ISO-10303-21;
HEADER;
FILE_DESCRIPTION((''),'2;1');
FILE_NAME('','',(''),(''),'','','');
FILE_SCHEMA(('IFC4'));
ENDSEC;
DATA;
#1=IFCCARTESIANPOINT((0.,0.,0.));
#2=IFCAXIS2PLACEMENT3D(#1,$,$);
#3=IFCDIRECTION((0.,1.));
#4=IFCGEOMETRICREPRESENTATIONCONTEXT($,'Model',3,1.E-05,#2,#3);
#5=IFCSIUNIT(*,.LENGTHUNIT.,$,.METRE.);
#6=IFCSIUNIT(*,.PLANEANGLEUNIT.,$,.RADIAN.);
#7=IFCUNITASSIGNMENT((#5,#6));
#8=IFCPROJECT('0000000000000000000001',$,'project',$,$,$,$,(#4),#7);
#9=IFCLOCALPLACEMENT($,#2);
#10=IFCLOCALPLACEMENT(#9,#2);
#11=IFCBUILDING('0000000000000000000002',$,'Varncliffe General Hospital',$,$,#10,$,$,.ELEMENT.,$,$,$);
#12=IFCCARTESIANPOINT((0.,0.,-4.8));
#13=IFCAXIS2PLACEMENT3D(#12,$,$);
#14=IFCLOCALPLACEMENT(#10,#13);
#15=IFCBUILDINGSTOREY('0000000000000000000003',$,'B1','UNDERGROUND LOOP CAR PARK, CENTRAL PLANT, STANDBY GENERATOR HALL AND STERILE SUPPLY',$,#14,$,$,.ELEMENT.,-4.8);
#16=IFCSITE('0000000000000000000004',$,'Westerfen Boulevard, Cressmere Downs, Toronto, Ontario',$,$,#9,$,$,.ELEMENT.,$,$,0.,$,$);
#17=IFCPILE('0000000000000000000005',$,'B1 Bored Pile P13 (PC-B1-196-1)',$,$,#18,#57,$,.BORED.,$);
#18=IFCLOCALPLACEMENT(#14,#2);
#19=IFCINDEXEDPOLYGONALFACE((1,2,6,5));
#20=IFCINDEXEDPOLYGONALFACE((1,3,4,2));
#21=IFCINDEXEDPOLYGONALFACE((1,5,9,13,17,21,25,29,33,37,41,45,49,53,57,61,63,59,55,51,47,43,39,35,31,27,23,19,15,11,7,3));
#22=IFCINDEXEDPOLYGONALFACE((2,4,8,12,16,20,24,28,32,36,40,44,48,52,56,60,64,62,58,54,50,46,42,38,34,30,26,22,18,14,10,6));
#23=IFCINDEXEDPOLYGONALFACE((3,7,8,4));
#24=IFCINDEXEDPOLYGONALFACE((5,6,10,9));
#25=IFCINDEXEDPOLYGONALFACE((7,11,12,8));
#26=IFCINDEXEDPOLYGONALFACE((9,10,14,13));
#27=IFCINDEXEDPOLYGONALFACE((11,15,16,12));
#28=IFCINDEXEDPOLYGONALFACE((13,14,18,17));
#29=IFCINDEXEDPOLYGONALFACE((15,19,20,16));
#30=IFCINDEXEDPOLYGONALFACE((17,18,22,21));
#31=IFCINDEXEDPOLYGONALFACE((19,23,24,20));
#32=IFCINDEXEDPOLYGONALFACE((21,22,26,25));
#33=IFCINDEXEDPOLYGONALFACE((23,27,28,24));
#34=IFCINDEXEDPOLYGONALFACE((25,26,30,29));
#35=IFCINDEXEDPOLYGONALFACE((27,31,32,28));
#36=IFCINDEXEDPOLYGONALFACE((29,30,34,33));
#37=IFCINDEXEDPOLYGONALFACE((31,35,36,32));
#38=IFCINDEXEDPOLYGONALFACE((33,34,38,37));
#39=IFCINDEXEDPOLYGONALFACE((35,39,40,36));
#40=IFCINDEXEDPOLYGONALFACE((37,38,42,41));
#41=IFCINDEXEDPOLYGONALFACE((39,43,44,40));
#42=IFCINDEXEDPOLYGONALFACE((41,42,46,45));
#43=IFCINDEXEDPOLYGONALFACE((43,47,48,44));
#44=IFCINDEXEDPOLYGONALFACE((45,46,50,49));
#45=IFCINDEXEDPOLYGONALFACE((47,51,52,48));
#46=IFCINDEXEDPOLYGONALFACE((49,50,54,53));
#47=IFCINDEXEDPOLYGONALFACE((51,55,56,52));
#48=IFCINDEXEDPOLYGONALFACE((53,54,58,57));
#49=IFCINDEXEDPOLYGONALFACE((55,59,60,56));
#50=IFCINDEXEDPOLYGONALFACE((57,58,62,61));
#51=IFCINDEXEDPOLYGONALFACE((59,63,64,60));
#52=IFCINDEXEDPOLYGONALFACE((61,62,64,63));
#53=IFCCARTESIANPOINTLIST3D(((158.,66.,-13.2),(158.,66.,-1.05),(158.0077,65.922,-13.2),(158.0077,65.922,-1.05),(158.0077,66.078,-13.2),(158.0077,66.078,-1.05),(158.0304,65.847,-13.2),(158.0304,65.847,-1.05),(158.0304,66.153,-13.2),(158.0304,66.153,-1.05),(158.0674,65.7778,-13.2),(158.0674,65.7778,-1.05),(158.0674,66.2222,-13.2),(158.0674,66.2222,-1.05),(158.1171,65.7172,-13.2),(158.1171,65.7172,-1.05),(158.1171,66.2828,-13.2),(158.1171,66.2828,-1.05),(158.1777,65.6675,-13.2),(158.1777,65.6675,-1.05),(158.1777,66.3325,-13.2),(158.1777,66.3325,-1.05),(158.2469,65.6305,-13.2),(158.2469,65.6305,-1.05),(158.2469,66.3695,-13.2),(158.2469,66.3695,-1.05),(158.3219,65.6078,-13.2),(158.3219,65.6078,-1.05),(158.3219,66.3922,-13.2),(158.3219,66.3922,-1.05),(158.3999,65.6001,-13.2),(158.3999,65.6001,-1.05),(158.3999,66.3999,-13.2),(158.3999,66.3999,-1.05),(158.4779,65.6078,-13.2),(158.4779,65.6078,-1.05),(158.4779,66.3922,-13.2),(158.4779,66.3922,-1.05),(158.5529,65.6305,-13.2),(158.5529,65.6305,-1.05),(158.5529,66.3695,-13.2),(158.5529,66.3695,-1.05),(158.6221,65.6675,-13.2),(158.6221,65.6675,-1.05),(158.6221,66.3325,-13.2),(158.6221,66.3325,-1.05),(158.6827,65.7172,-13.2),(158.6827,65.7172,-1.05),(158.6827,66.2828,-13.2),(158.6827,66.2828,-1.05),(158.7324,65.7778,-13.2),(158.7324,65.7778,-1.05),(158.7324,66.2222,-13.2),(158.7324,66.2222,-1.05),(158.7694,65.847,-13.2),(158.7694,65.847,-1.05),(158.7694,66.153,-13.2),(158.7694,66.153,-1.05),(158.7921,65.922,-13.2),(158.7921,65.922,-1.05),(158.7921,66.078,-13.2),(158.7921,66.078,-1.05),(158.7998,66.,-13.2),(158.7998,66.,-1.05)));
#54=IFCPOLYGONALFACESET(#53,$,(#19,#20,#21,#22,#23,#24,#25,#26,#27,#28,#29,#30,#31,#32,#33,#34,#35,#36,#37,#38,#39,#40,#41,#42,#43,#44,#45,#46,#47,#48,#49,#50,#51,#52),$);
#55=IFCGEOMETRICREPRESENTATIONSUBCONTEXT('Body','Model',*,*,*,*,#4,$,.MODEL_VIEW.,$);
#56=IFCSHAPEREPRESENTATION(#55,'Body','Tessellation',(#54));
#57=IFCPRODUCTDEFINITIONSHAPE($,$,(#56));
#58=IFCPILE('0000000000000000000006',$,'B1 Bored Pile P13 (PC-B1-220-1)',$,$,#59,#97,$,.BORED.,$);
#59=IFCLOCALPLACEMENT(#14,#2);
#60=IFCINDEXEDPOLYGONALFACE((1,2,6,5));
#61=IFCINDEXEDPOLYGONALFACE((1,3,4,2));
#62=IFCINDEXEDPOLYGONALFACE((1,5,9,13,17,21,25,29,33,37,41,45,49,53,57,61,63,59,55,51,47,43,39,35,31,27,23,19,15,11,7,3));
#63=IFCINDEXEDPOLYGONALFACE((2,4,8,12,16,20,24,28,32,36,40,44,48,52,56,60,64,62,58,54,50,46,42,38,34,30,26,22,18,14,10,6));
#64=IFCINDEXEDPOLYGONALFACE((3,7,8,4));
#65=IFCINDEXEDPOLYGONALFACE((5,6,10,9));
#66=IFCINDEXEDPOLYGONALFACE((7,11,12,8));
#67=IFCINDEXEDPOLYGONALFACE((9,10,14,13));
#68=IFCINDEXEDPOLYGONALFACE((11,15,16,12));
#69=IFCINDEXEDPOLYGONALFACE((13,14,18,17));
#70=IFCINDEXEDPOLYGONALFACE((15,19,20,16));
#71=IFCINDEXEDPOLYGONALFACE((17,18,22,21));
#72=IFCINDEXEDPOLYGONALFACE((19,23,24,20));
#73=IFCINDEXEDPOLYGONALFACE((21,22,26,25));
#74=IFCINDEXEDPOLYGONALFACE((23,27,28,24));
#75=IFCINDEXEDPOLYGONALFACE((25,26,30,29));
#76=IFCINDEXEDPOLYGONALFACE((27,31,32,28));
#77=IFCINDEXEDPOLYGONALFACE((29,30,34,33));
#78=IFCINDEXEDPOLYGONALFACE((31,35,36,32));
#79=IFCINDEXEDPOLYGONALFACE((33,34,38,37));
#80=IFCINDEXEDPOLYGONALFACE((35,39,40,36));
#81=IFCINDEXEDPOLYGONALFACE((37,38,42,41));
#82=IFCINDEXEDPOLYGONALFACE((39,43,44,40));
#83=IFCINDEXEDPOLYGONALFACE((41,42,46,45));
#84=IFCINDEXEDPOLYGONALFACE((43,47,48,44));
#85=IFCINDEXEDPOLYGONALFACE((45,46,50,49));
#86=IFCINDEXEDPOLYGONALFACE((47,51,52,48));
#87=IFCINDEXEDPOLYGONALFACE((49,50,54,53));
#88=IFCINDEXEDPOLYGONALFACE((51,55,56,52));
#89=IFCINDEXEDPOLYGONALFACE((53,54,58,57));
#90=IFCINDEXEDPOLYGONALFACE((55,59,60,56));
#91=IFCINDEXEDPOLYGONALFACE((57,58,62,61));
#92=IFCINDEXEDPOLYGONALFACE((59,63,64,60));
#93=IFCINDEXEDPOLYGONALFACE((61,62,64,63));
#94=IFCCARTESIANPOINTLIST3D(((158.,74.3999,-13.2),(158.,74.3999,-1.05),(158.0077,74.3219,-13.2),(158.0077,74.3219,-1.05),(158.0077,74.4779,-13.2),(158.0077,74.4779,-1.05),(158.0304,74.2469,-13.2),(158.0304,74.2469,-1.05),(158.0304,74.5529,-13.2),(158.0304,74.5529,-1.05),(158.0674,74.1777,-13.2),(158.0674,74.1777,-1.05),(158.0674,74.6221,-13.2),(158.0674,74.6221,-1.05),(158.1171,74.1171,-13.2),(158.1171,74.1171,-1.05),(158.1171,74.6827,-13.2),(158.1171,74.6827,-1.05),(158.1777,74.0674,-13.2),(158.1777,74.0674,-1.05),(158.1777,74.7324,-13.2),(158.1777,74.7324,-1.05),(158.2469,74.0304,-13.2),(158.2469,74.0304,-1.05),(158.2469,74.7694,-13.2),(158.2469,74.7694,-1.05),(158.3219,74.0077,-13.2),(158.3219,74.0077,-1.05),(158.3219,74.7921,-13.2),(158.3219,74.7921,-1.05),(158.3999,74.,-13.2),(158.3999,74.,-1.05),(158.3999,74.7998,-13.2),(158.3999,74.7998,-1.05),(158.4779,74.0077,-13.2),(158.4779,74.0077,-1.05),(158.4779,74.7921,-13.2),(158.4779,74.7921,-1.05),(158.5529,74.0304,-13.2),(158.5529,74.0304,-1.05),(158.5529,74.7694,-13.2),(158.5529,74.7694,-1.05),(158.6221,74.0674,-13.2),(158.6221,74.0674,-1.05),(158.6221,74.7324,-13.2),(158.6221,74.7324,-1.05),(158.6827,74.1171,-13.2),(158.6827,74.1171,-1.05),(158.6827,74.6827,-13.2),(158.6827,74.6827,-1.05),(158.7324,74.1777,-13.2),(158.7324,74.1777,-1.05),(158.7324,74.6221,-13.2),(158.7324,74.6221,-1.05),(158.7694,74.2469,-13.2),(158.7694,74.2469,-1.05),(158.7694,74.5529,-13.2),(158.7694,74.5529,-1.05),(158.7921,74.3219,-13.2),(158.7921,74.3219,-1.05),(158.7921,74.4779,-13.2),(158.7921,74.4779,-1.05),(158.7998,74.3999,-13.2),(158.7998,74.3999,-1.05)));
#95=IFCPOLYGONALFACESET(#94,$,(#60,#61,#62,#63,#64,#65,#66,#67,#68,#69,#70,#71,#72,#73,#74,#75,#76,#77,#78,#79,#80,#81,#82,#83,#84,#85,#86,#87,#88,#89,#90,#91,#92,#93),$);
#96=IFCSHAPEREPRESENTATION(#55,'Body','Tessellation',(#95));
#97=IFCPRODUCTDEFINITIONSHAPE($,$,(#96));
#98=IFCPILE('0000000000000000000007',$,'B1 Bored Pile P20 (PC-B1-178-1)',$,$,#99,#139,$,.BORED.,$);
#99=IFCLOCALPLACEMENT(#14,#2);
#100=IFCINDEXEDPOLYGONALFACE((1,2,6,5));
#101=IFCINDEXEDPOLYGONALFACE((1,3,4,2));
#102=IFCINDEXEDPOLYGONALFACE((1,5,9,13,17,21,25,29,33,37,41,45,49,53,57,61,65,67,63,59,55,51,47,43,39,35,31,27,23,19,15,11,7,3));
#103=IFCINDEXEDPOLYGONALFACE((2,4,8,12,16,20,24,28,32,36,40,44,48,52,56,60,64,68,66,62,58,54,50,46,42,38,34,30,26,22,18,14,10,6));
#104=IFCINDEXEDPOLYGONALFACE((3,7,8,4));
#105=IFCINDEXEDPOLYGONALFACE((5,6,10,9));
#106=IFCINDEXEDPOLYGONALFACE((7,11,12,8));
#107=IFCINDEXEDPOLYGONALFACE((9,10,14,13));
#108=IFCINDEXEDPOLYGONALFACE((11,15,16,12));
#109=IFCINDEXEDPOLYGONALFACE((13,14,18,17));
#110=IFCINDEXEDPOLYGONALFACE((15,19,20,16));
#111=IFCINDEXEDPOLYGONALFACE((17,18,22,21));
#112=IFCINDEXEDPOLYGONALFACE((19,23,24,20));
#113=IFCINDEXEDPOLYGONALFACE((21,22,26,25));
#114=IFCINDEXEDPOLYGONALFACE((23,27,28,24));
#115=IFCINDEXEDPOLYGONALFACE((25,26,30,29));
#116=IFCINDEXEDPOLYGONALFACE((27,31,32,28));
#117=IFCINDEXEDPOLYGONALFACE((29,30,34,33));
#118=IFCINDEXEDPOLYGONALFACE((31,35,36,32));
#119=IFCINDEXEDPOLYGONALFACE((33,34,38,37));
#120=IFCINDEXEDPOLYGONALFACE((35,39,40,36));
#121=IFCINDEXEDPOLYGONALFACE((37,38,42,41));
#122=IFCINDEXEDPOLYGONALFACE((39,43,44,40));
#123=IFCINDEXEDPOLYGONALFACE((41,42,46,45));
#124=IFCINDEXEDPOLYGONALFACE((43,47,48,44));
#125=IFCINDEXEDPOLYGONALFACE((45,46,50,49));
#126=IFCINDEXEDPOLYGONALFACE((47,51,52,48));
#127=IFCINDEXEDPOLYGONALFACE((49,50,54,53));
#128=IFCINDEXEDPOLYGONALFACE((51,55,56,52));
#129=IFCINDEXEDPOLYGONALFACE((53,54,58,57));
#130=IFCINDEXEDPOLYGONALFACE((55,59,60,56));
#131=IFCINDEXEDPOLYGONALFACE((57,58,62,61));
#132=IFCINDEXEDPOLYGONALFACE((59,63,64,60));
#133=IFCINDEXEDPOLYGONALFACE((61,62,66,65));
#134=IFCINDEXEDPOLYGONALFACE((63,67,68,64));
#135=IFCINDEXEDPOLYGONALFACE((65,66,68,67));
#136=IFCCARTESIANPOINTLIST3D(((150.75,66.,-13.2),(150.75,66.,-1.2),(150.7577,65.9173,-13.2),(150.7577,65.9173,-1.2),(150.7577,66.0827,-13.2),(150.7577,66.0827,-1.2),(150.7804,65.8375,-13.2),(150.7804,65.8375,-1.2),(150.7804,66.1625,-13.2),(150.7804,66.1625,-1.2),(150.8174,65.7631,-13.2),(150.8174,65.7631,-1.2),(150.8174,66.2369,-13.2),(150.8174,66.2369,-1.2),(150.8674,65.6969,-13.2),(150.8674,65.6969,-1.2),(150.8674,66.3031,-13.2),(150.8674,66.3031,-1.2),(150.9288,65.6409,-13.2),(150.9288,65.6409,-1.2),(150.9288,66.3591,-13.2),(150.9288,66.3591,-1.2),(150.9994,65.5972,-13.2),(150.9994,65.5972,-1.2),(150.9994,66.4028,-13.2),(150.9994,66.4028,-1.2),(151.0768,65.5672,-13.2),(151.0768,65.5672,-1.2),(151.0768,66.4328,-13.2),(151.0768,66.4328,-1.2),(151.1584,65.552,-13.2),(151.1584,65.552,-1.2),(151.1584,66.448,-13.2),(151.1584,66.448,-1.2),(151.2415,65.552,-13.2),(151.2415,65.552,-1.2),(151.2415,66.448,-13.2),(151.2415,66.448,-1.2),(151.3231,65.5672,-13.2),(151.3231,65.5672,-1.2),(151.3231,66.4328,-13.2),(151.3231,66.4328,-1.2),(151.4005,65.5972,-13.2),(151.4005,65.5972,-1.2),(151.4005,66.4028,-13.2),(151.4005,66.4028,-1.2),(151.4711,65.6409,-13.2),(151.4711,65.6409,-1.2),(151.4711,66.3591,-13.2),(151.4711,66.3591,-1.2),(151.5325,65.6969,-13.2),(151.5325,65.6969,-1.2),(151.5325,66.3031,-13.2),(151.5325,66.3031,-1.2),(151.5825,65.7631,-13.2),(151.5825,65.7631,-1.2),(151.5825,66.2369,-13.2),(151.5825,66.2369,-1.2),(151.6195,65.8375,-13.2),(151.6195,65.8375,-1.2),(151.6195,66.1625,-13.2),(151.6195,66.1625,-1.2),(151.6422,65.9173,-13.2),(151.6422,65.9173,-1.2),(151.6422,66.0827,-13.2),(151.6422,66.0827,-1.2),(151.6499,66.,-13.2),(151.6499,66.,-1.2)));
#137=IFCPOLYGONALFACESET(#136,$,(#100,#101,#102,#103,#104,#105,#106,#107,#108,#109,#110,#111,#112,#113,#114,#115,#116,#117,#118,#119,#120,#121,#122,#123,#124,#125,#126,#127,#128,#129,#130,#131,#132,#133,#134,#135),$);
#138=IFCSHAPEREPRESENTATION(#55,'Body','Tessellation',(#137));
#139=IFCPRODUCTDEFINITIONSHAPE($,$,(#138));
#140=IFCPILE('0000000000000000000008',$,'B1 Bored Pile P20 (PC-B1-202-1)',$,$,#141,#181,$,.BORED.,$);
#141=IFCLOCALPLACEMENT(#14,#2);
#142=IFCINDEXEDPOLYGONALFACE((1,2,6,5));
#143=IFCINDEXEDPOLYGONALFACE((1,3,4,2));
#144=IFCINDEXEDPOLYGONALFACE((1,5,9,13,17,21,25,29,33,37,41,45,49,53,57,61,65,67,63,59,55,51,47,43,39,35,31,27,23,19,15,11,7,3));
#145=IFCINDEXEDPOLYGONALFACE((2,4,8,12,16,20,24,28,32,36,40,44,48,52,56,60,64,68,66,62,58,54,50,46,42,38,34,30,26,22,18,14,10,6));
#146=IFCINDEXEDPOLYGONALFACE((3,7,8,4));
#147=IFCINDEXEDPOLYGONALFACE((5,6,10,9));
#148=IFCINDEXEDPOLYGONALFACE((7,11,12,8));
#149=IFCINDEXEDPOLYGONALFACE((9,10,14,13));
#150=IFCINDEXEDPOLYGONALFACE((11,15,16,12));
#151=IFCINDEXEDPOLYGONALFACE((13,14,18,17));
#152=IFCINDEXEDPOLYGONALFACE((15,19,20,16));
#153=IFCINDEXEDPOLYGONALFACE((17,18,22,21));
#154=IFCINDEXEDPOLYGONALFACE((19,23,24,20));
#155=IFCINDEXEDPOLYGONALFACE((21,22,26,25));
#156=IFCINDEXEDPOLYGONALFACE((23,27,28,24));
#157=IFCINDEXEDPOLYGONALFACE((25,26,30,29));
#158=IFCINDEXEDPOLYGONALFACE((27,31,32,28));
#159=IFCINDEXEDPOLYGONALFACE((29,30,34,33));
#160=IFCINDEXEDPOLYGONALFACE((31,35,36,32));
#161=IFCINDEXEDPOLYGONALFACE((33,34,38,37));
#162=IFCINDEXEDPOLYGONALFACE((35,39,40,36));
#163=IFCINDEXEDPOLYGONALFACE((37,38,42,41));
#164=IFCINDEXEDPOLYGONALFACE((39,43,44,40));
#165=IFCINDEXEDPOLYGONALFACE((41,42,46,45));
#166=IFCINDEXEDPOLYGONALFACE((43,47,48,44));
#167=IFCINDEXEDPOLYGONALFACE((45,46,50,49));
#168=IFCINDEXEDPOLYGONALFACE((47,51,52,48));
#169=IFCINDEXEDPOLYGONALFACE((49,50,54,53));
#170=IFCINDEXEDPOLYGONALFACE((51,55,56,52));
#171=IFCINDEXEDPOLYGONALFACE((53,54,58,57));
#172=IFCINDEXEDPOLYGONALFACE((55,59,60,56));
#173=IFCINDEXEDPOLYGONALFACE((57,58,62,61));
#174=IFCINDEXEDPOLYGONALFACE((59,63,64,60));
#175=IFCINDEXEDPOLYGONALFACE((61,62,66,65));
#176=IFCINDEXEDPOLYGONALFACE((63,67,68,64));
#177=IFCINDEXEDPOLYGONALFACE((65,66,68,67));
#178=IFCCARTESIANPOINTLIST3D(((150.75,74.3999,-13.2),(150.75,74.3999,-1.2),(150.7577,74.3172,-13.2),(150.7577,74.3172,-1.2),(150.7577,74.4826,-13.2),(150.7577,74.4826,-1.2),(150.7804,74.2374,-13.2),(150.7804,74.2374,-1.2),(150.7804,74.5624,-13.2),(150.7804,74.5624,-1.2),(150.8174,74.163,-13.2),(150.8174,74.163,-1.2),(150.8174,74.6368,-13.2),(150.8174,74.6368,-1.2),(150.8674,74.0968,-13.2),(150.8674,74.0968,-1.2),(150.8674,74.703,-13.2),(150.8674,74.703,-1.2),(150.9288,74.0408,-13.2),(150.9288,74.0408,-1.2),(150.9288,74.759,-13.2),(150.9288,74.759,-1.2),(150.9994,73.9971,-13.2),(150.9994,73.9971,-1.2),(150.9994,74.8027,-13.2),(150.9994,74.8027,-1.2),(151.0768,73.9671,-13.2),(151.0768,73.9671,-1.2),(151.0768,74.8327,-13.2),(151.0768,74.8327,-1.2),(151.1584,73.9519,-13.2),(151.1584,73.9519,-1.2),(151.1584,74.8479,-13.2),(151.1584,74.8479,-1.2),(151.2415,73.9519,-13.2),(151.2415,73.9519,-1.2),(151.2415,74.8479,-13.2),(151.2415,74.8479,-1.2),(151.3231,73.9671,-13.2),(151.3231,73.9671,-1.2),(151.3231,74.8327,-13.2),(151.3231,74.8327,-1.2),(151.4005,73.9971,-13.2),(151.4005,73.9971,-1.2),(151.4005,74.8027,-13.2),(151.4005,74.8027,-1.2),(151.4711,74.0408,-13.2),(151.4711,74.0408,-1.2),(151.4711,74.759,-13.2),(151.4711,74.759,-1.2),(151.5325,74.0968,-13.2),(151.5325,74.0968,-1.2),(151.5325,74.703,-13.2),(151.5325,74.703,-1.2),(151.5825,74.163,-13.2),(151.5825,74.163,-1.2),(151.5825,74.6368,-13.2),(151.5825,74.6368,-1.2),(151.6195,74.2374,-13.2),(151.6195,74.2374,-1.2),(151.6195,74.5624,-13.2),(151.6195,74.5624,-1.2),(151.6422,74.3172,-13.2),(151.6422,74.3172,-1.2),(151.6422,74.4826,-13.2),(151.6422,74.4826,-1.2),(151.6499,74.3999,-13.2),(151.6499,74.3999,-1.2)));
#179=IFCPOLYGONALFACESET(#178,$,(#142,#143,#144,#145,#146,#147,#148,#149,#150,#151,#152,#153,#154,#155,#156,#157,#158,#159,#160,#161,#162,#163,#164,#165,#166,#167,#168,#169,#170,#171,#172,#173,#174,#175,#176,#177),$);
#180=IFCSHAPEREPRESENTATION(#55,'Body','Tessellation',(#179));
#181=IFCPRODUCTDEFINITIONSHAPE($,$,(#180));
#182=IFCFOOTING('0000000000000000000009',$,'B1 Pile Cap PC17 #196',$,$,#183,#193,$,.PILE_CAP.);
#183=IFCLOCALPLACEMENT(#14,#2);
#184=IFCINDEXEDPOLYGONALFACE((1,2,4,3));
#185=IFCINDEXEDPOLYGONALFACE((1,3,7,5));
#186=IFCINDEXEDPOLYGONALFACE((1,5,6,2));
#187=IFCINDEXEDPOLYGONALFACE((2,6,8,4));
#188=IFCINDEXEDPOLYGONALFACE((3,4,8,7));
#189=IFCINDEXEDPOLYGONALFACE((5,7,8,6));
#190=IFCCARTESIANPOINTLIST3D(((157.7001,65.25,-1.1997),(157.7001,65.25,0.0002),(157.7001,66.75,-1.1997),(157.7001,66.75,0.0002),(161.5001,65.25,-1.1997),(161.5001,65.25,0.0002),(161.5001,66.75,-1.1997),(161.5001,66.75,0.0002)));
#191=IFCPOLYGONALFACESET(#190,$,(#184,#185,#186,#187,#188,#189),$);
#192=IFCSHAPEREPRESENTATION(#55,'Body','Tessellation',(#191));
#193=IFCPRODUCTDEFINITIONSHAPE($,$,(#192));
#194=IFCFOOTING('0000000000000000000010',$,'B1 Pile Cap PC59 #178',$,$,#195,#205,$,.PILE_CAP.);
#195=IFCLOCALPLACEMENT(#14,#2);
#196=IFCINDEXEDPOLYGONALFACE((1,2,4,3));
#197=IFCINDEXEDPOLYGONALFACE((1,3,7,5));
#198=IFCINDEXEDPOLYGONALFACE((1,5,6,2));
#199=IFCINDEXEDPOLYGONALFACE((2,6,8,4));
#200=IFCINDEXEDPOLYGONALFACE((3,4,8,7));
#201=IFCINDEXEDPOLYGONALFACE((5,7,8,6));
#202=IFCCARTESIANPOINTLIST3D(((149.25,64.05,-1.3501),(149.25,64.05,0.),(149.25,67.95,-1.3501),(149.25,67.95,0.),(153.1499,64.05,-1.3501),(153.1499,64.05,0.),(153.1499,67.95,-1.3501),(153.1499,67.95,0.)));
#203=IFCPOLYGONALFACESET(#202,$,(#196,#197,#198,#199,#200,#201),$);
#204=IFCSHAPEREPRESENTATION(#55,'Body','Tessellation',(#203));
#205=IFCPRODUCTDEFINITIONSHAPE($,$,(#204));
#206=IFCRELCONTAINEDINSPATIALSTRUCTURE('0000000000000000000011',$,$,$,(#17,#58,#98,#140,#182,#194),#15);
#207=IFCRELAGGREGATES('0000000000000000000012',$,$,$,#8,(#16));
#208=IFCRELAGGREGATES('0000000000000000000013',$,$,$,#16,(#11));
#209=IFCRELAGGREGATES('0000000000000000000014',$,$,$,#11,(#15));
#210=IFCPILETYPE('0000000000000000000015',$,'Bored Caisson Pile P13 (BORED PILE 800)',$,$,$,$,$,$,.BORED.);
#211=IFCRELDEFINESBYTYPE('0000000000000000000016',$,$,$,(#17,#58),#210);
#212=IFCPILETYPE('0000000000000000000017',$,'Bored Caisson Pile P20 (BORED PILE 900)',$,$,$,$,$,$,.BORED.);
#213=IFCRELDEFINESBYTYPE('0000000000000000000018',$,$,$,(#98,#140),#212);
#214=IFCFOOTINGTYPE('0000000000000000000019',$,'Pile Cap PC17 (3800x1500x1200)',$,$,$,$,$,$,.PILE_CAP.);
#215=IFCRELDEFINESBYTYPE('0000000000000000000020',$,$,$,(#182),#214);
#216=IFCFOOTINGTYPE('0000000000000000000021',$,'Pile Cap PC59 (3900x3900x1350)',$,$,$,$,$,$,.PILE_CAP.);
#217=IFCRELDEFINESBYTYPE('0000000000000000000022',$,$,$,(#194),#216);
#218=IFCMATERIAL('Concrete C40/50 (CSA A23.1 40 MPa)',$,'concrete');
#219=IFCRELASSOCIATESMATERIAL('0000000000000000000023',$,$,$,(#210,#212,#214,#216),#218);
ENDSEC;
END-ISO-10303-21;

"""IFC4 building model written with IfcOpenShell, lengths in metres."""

from ifc_helpers import new_model, si_unit, direction, frame, origin, origin_2d, place, context, subcontext, project, spatial, rectangle, circle, extrude, material, material_profile, profile_set, type_object, element, save


model = new_model("IFC4")

# Units and contexts
model_context = context("Model", 3, precision=1e-05, world=origin(), true_north=direction((0.0, 1.0)))
body_context = subcontext(model_context, "Body", "Model", "MODEL_VIEW")
ifc_project = project(units=[si_unit("LENGTHUNIT", "METRE"), si_unit("PLANEANGLEUNIT", "RADIAN")], contexts=[model_context])

# Site, building, storey
site_placement = place(None, origin())
site = spatial("IfcSite", under=ifc_project, at=site_placement, Name="Westerfen Boulevard, Cressmere Downs, Toronto, Ontario", CompositionType="ELEMENT", RefElevation=0.0)
building_placement = place(site_placement, origin())
building = spatial("IfcBuilding", under=site, at=building_placement, Name="Varncliffe General Hospital", CompositionType="ELEMENT")
storey_placement = place(building_placement, frame((0.0, 0.0, -4.8)))
storey = spatial("IfcBuildingStorey", under=building, at=storey_placement, Name="B1", Description="UNDERGROUND LOOP CAR PARK, CENTRAL PLANT, STANDBY GENERATOR HALL AND STERILE SUPPLY", CompositionType="ELEMENT", Elevation=-4.8)

# Piles
ifc_material_1 = material(Name="Concrete C40/50 (CSA A23.1 40 MPa)", Category="concrete")
ifc_material_profile_1 = material_profile(ifc_material_1, circle(Radius=0.3999, at=origin_2d()), Name="BORED PILE 800")
ifc_profile_set_1 = profile_set([ifc_material_profile_1], Name="Concrete C40/50 (CSA A23.1 40 MPa)")
pile_type_1 = type_object("IfcPileType", Name="Bored Caisson Pile P13 (BORED PILE 800)", PredefinedType="BORED", material=ifc_profile_set_1)
for number, where, z_axis, x_axis, name in (
    (1, (158.3999, 66.0, -1.05), (0.0, 0.0, -1.0), (1.0, 0.0, 0.0), "B1 Bored Pile P13 (PC-B1-196-1)"),
    (2, (158.3999, 74.3999, -1.05), (0.0, 0.0, -1.0), (1.0, 0.0, 0.0), "B1 Bored Pile P13 (PC-B1-220-1)"),
):
    element("IfcPile", number, at=place(storey_placement, frame(where, z_axis=z_axis, x_axis=x_axis)), inside=storey, type_object=pile_type_1, Name=name, PredefinedType="BORED", context=body_context, shape_type="SweptSolid", body=[
        extrude(circle(Radius=0.3999, at=origin_2d()), origin(), (0.0, 0.0, 1.0), 12.1499),
    ])
ifc_material_profile_2 = material_profile(ifc_material_1, circle(Radius=0.45, at=origin_2d()), Name="BORED PILE 900")
ifc_profile_set_2 = profile_set([ifc_material_profile_2], Name="Concrete C40/50 (CSA A23.1 40 MPa)")
pile_type_2 = type_object("IfcPileType", Name="Bored Caisson Pile P20 (BORED PILE 900)", PredefinedType="BORED", material=ifc_profile_set_2)
for number, where, z_axis, x_axis, name in (
    (3, (151.2, 66.0, -1.2), (0.0, 0.0, -1.0), (1.0, 0.0, 0.0), "B1 Bored Pile P20 (PC-B1-178-1)"),
    (4, (151.2, 74.3999, -1.2), (0.0, 0.0, -1.0), (1.0, 0.0, 0.0), "B1 Bored Pile P20 (PC-B1-202-1)"),
):
    element("IfcPile", number, at=place(storey_placement, frame(where, z_axis=z_axis, x_axis=x_axis)), inside=storey, type_object=pile_type_2, Name=name, PredefinedType="BORED", context=body_context, shape_type="SweptSolid", body=[
        extrude(circle(Radius=0.45, at=origin_2d()), origin(), (0.0, 0.0, 1.0), 12.0),
    ])

# Footings
footing_type_1 = type_object("IfcFootingType", Name="Pile Cap PC17 (3800x1500x1200)", PredefinedType="PILE_CAP", material=ifc_material_1)
footing_1_placement = place(storey_placement, frame((159.6001, 66.0, -1.1997), z_axis=(0.0, 0.0, 1.0), x_axis=(1.0, 0.0, 0.0)))
element("IfcFooting", 5, at=footing_1_placement, inside=storey, type_object=footing_type_1, Name="B1 Pile Cap PC17 #196", PredefinedType="PILE_CAP", context=body_context, shape_type="SweptSolid", body=[
    extrude(rectangle(XDim=3.8, YDim=1.5, at=origin_2d()), origin(), (0.0, 0.0, 1.0), 1.2),
])
footing_type_2 = type_object("IfcFootingType", Name="Pile Cap PC59 (3900x3900x1350)", PredefinedType="PILE_CAP", material=ifc_material_1)
for number, where, z_axis, x_axis, name in (
    (6, (151.2, 66.0, -1.3501), (0.0, 0.0, 1.0), (1.0, 0.0, 0.0), "B1 Pile Cap PC59 #178"),
):
    element("IfcFooting", number, at=place(storey_placement, frame(where, z_axis=z_axis, x_axis=x_axis)), inside=storey, type_object=footing_type_2, Name=name, PredefinedType="PILE_CAP", context=body_context, shape_type="SweptSolid", body=[
        extrude(rectangle(XDim=3.8999, YDim=3.8999, at=origin_2d()), origin(), (0.0, 0.0, 1.0), 1.3501),
    ])

save(model, "model.ifc")
